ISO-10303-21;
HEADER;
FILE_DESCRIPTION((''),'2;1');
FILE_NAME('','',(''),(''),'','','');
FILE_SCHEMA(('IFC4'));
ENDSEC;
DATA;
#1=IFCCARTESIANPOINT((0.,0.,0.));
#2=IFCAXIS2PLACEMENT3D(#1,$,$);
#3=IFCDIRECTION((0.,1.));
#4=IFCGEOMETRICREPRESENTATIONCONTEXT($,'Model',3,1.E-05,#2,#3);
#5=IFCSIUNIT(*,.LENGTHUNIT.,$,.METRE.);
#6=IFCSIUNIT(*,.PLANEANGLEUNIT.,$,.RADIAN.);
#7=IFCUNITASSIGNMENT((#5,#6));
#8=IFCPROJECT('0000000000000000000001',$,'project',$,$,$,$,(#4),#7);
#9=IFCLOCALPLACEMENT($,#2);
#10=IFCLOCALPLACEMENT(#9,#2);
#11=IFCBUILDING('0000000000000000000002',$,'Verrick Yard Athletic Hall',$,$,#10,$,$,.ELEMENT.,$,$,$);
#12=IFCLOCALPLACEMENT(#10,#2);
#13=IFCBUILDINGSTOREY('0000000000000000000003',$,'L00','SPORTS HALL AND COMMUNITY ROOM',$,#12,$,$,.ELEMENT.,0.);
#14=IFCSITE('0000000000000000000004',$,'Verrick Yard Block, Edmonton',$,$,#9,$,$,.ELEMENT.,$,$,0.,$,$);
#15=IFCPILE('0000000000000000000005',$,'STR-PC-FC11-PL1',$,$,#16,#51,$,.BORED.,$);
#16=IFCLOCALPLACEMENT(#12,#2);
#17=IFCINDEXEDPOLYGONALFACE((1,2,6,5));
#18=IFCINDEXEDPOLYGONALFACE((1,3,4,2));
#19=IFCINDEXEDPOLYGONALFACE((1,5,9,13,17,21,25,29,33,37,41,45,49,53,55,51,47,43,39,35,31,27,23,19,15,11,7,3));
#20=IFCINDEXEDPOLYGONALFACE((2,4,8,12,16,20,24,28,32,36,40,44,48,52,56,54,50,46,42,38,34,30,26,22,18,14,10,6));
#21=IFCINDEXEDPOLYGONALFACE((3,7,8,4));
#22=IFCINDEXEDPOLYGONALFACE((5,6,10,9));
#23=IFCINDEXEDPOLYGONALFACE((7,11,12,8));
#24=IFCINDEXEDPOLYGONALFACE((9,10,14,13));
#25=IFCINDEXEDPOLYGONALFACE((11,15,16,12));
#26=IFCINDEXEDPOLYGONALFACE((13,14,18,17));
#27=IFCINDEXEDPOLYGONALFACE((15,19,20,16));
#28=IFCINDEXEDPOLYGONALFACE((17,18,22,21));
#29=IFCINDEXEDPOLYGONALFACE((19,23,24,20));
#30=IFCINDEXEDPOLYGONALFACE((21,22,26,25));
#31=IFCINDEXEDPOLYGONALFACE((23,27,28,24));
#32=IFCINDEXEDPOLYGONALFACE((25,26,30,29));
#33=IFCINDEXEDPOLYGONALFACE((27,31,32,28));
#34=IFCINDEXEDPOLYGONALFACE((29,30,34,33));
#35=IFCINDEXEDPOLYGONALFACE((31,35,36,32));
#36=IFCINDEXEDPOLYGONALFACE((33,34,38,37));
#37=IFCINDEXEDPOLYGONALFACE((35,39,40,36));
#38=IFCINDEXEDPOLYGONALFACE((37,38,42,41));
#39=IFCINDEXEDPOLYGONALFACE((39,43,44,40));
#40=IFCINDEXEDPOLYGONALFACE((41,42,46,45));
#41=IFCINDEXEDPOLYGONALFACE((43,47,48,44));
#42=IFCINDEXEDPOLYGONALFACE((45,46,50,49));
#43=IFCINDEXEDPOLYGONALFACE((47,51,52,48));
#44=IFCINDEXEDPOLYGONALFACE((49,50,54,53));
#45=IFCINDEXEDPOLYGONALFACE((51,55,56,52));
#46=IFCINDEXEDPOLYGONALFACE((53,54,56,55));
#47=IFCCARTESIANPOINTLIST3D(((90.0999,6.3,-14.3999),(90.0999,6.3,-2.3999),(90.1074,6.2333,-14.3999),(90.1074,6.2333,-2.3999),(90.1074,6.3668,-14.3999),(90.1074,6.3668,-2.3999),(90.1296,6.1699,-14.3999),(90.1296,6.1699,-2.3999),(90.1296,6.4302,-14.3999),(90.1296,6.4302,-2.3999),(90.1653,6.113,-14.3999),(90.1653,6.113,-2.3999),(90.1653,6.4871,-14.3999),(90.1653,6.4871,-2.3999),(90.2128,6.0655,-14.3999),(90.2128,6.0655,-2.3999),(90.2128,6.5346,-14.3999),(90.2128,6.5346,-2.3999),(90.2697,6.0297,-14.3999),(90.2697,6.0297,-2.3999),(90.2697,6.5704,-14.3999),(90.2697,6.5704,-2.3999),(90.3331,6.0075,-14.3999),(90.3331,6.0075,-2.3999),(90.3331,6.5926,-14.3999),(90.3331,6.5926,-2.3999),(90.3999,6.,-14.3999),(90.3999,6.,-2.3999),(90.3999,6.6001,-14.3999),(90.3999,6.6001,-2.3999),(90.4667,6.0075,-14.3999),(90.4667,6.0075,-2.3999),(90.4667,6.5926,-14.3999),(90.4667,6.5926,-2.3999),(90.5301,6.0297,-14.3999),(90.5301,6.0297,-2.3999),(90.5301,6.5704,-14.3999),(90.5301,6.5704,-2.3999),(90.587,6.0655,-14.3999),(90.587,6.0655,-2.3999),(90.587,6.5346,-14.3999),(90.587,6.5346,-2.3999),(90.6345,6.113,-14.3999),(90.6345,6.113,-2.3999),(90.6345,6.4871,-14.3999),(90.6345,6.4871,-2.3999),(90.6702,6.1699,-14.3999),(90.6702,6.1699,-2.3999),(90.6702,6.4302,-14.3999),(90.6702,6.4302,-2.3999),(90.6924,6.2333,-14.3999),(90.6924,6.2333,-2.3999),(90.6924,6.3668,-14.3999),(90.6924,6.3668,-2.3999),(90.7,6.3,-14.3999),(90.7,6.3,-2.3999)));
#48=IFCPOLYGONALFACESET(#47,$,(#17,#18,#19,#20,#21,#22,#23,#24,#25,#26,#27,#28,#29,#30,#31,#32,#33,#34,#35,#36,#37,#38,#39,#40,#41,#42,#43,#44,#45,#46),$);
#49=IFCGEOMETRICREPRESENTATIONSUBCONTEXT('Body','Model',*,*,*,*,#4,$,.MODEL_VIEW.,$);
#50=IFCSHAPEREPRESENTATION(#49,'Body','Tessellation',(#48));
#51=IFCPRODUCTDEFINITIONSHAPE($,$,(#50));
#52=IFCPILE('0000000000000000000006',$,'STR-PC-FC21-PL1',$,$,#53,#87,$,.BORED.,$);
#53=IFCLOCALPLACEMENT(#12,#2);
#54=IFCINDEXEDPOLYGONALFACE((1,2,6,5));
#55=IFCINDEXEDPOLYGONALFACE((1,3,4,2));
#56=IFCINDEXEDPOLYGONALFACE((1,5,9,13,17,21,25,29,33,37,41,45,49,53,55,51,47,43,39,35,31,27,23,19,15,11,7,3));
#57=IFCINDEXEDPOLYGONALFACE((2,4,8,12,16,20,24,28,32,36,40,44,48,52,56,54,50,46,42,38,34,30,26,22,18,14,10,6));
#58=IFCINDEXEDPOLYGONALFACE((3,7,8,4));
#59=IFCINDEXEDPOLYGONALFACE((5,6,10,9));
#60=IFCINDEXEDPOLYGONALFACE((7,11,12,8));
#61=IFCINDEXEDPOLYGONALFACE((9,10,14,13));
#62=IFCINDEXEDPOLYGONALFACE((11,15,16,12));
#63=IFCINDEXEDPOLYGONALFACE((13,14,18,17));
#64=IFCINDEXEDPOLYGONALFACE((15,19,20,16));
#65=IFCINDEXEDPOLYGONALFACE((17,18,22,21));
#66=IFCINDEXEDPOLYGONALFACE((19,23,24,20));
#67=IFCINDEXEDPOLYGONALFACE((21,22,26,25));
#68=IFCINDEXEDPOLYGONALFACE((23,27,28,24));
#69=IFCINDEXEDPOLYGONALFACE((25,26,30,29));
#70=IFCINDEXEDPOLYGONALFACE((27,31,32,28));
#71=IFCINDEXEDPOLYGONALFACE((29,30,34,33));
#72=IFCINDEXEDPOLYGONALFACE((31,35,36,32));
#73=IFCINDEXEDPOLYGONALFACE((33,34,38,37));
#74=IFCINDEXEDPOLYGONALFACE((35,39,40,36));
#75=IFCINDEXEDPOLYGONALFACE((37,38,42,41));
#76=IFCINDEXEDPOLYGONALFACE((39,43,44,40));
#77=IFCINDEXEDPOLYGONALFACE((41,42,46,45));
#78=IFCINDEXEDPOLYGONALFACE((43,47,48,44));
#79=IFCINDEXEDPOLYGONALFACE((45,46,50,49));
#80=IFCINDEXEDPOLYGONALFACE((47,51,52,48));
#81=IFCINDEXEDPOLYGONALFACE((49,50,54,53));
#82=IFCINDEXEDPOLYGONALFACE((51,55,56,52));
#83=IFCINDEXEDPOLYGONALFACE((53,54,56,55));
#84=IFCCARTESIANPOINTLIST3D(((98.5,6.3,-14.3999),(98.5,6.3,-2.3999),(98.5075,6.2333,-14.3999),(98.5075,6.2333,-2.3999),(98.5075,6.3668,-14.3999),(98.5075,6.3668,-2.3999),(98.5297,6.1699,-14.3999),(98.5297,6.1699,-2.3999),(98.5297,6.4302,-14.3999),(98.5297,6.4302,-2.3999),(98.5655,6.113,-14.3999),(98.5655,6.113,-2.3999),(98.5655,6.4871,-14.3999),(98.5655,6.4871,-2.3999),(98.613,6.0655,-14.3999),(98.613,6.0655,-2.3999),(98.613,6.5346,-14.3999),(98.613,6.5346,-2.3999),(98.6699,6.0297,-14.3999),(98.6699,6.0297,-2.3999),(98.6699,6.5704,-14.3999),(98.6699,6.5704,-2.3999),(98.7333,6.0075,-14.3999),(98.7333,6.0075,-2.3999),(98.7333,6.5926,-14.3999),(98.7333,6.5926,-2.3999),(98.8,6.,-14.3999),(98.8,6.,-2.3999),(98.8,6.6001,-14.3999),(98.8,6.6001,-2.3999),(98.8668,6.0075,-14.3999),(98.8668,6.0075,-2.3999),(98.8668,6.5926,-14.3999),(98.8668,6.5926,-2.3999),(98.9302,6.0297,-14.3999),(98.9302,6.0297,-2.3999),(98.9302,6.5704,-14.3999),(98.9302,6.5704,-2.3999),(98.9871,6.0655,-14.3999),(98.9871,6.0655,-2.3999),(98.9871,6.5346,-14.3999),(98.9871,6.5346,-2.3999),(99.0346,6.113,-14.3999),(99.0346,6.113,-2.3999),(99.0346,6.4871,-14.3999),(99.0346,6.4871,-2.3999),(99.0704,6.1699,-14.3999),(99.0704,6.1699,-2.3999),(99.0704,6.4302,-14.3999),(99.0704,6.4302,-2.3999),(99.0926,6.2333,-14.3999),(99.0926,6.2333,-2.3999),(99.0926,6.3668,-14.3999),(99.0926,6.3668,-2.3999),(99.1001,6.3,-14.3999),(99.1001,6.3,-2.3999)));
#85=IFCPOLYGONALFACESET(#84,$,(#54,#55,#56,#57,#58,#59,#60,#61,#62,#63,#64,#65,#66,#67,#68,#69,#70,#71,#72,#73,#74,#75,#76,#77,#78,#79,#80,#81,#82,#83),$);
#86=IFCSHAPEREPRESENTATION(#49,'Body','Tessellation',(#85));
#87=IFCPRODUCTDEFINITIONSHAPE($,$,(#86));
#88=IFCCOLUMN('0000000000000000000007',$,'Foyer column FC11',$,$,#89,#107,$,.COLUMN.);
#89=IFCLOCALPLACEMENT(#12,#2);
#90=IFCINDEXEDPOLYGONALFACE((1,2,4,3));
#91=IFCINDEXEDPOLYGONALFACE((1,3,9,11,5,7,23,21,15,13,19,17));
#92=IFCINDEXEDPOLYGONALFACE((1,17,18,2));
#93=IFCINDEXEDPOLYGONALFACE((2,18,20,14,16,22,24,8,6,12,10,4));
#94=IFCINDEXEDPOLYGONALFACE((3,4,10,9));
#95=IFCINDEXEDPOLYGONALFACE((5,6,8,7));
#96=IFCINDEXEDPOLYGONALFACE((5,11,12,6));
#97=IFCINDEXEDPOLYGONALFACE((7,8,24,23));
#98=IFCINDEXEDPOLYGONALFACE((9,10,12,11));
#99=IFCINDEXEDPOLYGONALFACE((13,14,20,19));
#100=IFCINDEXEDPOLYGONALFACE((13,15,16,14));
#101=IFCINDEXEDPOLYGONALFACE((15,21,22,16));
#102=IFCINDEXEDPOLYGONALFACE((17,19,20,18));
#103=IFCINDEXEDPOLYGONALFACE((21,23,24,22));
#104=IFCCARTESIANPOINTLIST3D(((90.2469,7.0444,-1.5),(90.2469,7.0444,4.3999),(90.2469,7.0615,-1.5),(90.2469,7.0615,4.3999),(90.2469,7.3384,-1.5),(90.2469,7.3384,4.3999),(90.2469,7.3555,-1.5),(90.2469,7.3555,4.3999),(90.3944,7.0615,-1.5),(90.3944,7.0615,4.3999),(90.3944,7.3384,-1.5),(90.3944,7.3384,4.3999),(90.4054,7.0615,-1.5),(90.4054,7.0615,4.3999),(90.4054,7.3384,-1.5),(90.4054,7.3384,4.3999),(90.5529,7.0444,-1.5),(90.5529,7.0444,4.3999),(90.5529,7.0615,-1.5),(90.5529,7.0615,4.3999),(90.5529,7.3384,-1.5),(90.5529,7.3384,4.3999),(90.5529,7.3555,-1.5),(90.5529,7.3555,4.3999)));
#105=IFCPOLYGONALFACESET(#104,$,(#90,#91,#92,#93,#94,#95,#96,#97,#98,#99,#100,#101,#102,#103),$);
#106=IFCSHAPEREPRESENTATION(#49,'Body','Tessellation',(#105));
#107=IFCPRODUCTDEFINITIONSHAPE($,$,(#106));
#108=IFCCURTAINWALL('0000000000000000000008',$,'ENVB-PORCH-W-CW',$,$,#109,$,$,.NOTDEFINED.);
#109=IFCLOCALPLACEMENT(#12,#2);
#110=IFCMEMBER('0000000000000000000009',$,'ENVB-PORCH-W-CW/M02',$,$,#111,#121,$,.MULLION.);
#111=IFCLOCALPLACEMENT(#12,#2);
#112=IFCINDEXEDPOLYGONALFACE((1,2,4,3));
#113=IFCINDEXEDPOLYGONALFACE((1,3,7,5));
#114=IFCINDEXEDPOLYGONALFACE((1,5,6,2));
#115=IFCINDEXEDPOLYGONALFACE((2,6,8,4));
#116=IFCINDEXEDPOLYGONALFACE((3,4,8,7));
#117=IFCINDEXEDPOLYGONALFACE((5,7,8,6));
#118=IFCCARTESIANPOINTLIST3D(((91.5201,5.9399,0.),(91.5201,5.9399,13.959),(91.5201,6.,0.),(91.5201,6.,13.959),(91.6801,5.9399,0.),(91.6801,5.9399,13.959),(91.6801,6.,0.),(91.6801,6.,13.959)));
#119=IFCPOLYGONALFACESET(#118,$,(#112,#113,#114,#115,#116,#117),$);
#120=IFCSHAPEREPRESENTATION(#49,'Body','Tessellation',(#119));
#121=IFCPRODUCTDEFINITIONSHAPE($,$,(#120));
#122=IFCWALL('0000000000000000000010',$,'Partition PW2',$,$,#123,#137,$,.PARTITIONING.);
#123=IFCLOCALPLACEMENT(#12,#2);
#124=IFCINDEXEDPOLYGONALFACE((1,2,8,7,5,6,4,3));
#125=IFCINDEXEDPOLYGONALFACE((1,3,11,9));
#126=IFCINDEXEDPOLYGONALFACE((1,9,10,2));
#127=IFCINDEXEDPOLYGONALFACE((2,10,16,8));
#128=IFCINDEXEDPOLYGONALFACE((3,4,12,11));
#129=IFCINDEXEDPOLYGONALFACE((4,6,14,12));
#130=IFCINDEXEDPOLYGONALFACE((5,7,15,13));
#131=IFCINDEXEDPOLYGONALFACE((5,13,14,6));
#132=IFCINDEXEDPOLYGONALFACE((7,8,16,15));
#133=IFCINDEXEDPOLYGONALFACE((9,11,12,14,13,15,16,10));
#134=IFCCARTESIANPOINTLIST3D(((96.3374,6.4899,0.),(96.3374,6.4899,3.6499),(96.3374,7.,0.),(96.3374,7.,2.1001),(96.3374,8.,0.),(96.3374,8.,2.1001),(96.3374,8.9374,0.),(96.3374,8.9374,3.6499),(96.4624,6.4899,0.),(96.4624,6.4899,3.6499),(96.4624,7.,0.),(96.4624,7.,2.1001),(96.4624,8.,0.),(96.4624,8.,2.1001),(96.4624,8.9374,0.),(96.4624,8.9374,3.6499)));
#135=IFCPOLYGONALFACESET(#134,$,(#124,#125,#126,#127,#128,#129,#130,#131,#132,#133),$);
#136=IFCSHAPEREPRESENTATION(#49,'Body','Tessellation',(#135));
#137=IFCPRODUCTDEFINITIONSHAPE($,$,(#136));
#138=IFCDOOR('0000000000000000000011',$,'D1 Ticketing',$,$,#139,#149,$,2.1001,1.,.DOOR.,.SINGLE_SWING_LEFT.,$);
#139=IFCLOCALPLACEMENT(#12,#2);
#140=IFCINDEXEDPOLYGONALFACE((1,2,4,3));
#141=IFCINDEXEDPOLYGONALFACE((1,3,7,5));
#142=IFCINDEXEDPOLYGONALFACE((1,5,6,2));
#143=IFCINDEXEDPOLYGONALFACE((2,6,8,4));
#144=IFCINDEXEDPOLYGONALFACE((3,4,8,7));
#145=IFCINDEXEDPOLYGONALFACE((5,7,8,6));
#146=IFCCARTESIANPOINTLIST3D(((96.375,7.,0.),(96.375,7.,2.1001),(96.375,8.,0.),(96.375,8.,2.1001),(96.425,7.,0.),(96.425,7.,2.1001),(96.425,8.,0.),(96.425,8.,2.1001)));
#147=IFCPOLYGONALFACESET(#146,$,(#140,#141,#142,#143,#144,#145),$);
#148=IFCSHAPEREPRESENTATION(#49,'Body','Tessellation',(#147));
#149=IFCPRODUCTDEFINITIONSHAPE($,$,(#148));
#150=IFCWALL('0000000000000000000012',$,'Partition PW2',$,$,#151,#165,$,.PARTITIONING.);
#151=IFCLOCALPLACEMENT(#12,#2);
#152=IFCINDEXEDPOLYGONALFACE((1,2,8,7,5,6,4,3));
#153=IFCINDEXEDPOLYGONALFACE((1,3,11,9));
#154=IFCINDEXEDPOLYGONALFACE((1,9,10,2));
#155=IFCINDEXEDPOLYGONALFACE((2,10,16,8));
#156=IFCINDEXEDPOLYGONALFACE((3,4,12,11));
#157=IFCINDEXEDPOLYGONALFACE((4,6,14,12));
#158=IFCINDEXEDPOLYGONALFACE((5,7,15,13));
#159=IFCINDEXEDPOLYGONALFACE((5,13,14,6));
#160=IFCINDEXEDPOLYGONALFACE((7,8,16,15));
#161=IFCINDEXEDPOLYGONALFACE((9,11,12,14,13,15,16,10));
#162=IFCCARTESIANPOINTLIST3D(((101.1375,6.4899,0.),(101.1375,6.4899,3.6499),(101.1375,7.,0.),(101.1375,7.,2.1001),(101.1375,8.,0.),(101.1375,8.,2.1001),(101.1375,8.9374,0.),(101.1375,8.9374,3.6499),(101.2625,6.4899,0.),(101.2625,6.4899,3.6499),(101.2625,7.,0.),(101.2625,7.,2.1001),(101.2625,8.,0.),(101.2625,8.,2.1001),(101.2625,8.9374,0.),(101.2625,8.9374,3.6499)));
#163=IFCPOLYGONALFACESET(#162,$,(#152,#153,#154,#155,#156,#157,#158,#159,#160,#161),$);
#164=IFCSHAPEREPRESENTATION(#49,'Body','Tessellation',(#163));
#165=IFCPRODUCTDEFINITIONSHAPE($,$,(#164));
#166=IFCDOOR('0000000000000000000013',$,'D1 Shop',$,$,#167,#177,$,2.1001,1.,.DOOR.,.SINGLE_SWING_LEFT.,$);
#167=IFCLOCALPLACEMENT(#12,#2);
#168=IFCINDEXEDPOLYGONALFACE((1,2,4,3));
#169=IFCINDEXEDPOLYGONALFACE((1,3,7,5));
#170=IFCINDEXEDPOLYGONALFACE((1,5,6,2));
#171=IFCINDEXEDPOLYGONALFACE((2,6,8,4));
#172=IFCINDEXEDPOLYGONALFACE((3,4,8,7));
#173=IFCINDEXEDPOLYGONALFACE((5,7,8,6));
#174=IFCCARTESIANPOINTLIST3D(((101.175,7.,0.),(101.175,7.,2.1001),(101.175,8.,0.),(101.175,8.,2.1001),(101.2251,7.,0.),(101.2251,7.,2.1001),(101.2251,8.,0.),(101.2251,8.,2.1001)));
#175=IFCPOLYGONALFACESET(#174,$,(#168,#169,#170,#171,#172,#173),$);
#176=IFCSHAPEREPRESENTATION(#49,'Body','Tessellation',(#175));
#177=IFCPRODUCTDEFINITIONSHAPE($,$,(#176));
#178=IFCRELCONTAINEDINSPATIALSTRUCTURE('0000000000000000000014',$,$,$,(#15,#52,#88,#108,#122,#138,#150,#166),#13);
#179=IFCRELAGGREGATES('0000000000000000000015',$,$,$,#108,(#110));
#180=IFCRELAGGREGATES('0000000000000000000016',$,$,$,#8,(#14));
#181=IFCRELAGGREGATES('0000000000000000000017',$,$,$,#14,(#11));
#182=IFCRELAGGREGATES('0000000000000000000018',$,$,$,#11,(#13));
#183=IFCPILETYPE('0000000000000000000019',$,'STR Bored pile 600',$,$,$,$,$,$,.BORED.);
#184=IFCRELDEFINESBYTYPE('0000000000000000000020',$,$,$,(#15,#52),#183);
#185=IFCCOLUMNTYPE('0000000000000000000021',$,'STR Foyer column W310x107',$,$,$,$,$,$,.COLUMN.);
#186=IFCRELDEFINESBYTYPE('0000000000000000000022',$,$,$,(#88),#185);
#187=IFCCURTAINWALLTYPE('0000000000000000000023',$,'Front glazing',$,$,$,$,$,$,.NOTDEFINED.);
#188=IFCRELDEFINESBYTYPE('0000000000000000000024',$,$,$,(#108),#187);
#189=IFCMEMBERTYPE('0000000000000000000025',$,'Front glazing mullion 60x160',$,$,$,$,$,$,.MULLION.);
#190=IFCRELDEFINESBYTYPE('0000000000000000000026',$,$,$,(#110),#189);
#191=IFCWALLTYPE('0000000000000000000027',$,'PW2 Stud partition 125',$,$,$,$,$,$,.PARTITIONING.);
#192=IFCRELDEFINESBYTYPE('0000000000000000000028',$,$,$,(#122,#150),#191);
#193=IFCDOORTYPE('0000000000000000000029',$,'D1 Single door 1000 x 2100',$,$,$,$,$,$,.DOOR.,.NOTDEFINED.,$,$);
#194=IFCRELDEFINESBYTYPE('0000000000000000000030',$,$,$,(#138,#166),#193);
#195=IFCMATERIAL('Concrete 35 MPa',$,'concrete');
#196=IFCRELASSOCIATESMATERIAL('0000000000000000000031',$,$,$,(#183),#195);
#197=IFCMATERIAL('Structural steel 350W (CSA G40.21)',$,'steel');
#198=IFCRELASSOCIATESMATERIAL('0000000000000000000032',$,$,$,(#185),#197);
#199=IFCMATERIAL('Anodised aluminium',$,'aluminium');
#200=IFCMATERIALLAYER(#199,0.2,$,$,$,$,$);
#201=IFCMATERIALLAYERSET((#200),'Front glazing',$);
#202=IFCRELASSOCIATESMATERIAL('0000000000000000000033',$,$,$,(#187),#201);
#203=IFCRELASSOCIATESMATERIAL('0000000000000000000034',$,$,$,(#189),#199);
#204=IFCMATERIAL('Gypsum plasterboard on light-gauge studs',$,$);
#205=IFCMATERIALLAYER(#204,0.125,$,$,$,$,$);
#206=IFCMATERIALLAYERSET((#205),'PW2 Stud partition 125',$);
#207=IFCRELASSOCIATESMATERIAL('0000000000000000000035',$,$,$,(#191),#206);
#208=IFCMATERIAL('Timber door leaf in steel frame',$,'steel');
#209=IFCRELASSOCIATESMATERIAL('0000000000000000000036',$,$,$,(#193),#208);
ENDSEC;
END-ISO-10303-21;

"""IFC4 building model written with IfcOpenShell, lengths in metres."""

from ifc_helpers import new_model, si_unit, direction, frame, frame_2d, origin, origin_2d, place, context, subcontext, project, spatial, rectangle, circle, i_section, extrude, material, layer, layer_set, material_profile, profile_set, type_object, element, fill, aggregate, save


model = new_model("IFC4")

# Units and contexts
model_context = context("Model", 3, precision=1e-05, world=origin(), true_north=direction((0.0, 1.0)))
body_context = subcontext(model_context, "Body", "Model", "MODEL_VIEW")
ifc_project = project(units=[si_unit("LENGTHUNIT", "METRE"), si_unit("PLANEANGLEUNIT", "RADIAN")], contexts=[model_context])

# Site, building, storey
site_placement = place(None, origin())
site = spatial("IfcSite", under=ifc_project, at=site_placement, Name="Verrick Yard Block, Edmonton", CompositionType="ELEMENT", RefElevation=0.0)
building_placement = place(site_placement, origin())
building = spatial("IfcBuilding", under=site, at=building_placement, Name="Verrick Yard Athletic Hall", CompositionType="ELEMENT")
storey_placement = place(building_placement, origin())
storey = spatial("IfcBuildingStorey", under=building, at=storey_placement, Name="L00", Description="SPORTS HALL AND COMMUNITY ROOM", CompositionType="ELEMENT", Elevation=0.0)

# Piles
ifc_material_1 = material(Name="Concrete 35 MPa", Category="concrete")
pile_type = type_object("IfcPileType", Name="STR Bored pile 600", PredefinedType="BORED", material=ifc_material_1)
for number, where, z_axis, x_axis, name in (
    (1, (90.3999, 6.3, -2.3999), (0.0, 0.0, -1.0), (1.0, 0.0, 0.0), "STR-PC-FC11-PL1"),
    (2, (98.8, 6.3, -2.3999), (0.0, 0.0, -1.0), (1.0, 0.0, 0.0), "STR-PC-FC21-PL1"),
):
    element("IfcPile", number, at=place(storey_placement, frame(where, z_axis=z_axis, x_axis=x_axis)), inside=storey, type_object=pile_type, Name=name, PredefinedType="BORED", context=body_context, shape_type="SweptSolid", body=[
        extrude(circle(Radius=0.3, at=origin_2d()), origin(), (0.0, 0.0, 1.0), 12.0),
    ])

# Column
ifc_material_2 = material(Name="Structural steel 350W (CSA G40.21)", Category="steel")
ifc_material_profile_1 = material_profile(ifc_material_2, i_section(OverallWidth=0.3059, OverallDepth=0.311, WebThickness=0.011, FlangeThickness=0.0171, at=origin_2d()), Name="W310x107")
ifc_profile_set_1 = profile_set([ifc_material_profile_1], Name="Structural steel 350W (CSA G40.21)")
column_type = type_object("IfcColumnType", Name="STR Foyer column W310x107", PredefinedType="COLUMN", material=ifc_profile_set_1)
column_placement = place(storey_placement, frame((90.3999, 7.2, -1.5), z_axis=(0.0, 0.0, 1.0), x_axis=(1.0, 0.0, 0.0)))
element("IfcColumn", 3, at=column_placement, inside=storey, type_object=column_type, Name="Foyer column FC11", PredefinedType="COLUMN", context=body_context, shape_type="SweptSolid", body=[
    extrude(i_section(OverallWidth=0.3059, OverallDepth=0.311, WebThickness=0.011, FlangeThickness=0.0171, at=origin_2d()), origin(), (0.0, 0.0, 1.0), 5.8999),
])

# Curtain wall, member
ifc_material_3 = material(Name="Anodised aluminium", Category="aluminium")
ifc_layer_1 = layer(ifc_material_3, 0.2)
ifc_layer_set_1 = layer_set([ifc_layer_1], Name="Front glazing")
curtain_wall_type = type_object("IfcCurtainWallType", Name="Front glazing", PredefinedType="NOTDEFINED", material=ifc_layer_set_1)
curtain_wall_placement = place(storey_placement, origin())
curtain_wall = element("IfcCurtainWall", 4, at=curtain_wall_placement, inside=storey, type_object=curtain_wall_type, Name="ENVB-PORCH-W-CW", PredefinedType="NOTDEFINED")
ifc_material_profile_2 = material_profile(ifc_material_3, rectangle(XDim=0.1599, YDim=0.0601, at=origin_2d()), Name="CW mullion 60x160")
ifc_profile_set_2 = profile_set([ifc_material_profile_2], Name="Anodised aluminium")
member_type = type_object("IfcMemberType", Name="Front glazing mullion 60x160", PredefinedType="MULLION", material=ifc_profile_set_2)
member_placement = place(storey_placement, frame((91.6001, 5.97, 0.0), z_axis=(0.0, 0.0, 1.0), x_axis=(-1.0, 0.0, 0.0)))
member = element("IfcMember", 5, at=member_placement, type_object=member_type, Name="ENVB-PORCH-W-CW/M02", PredefinedType="MULLION", context=body_context, shape_type="SweptSolid", body=[
    extrude(rectangle(XDim=0.1599, YDim=0.0601, at=origin_2d()), origin(), (0.0, 0.0, 1.0), 13.959),
])
aggregate(curtain_wall, [member])

# Walls, openings, doors
ifc_material_4 = material(Name="Gypsum plasterboard on light-gauge studs")
ifc_layer_2 = layer(ifc_material_4, 0.125)
ifc_layer_set_2 = layer_set([ifc_layer_2], Name="PW2 Stud partition 125")
wall_type_1 = type_object("IfcWallType", Name="PW2 Stud partition 125", PredefinedType="PARTITIONING", material=ifc_layer_set_2)
wall_1_placement = place(storey_placement, frame((96.3999, 6.49, 0.0), z_axis=(0.0, 0.0, 1.0), x_axis=(0.0, 1.0, 0.0)))
wall_1 = element("IfcWall", 6, at=wall_1_placement, inside=storey, type_object=wall_type_1, Name="Partition PW2", PredefinedType="PARTITIONING", context=body_context, shape_type="SweptSolid", body=[
    extrude(rectangle(XDim=2.4475, YDim=0.125, at=frame_2d((1.2236, 0.0))), origin(), (0.0, 0.0, 1.0), 3.6499),
])
opening_1_placement = place(wall_1_placement, frame((0.51, 0.0, 0.0)))
opening_1 = element("IfcOpeningElement", 7, at=opening_1_placement, cuts=wall_1, PredefinedType="OPENING", context=body_context, shape_type="SweptSolid", body=[
    extrude(rectangle(XDim=1.0, YDim=2.1001, at=frame_2d((0.5, 1.05))), frame((0.0, 0.0725, 0.0), z_axis=(0.0, -1.0, 0.0), x_axis=(1.0, 0.0, 0.0)), (0.0, 0.0, 1.0), 0.145),
])
ifc_material_5 = material(Name="Timber door leaf in steel frame", Category="steel")
door_type_1 = type_object("IfcDoorType", Name="D1 Single door 1000 x 2100", OperationType="NOTDEFINED", PredefinedType="DOOR", material=ifc_material_5)
door_1_placement = place(opening_1_placement, origin())
door_1 = element("IfcDoor", 8, at=door_1_placement, inside=storey, type_object=door_type_1, Name="D1 Ticketing", OperationType="SINGLE_SWING_LEFT", OverallHeight=2.1001, OverallWidth=1.0, PredefinedType="DOOR", context=body_context, shape_type="SweptSolid", body=[
    extrude(rectangle(XDim=1.0, YDim=2.1001, at=frame_2d((0.5, 1.05))), frame((0.0, 0.0249, 0.0), z_axis=(0.0, -1.0, 0.0), x_axis=(1.0, 0.0, 0.0)), (0.0, 0.0, 1.0), 0.05),
])
fill(opening_1, door_1)
wall_2_placement = place(storey_placement, frame((101.2, 6.49, 0.0), z_axis=(0.0, 0.0, 1.0), x_axis=(0.0, 1.0, 0.0)))
wall_2 = element("IfcWall", 9, at=wall_2_placement, inside=storey, type_object=wall_type_1, Name="Partition PW2", PredefinedType="PARTITIONING", context=body_context, shape_type="SweptSolid", body=[
    extrude(rectangle(XDim=2.4475, YDim=0.125, at=frame_2d((1.2236, 0.0))), origin(), (0.0, 0.0, 1.0), 3.6499),
])
opening_2_placement = place(wall_2_placement, frame((0.51, 0.0, 0.0)))
opening_2 = element("IfcOpeningElement", 10, at=opening_2_placement, cuts=wall_2, PredefinedType="OPENING", context=body_context, shape_type="SweptSolid", body=[
    extrude(rectangle(XDim=1.0, YDim=2.1001, at=frame_2d((0.5, 1.05))), frame((0.0, 0.0725, 0.0), z_axis=(0.0, -1.0, 0.0), x_axis=(1.0, 0.0, 0.0)), (0.0, 0.0, 1.0), 0.145),
])
door_2_placement = place(opening_2_placement, origin())
door_2 = element("IfcDoor", 11, at=door_2_placement, inside=storey, type_object=door_type_1, Name="D1 Shop", OperationType="SINGLE_SWING_LEFT", OverallHeight=2.1001, OverallWidth=1.0, PredefinedType="DOOR", context=body_context, shape_type="SweptSolid", body=[
    extrude(rectangle(XDim=1.0, YDim=2.1001, at=frame_2d((0.5, 1.05))), frame((0.0, 0.0249, 0.0), z_axis=(0.0, -1.0, 0.0), x_axis=(1.0, 0.0, 0.0)), (0.0, 0.0, 1.0), 0.05),
])
fill(opening_2, door_2)

save(model, "model.ifc")
